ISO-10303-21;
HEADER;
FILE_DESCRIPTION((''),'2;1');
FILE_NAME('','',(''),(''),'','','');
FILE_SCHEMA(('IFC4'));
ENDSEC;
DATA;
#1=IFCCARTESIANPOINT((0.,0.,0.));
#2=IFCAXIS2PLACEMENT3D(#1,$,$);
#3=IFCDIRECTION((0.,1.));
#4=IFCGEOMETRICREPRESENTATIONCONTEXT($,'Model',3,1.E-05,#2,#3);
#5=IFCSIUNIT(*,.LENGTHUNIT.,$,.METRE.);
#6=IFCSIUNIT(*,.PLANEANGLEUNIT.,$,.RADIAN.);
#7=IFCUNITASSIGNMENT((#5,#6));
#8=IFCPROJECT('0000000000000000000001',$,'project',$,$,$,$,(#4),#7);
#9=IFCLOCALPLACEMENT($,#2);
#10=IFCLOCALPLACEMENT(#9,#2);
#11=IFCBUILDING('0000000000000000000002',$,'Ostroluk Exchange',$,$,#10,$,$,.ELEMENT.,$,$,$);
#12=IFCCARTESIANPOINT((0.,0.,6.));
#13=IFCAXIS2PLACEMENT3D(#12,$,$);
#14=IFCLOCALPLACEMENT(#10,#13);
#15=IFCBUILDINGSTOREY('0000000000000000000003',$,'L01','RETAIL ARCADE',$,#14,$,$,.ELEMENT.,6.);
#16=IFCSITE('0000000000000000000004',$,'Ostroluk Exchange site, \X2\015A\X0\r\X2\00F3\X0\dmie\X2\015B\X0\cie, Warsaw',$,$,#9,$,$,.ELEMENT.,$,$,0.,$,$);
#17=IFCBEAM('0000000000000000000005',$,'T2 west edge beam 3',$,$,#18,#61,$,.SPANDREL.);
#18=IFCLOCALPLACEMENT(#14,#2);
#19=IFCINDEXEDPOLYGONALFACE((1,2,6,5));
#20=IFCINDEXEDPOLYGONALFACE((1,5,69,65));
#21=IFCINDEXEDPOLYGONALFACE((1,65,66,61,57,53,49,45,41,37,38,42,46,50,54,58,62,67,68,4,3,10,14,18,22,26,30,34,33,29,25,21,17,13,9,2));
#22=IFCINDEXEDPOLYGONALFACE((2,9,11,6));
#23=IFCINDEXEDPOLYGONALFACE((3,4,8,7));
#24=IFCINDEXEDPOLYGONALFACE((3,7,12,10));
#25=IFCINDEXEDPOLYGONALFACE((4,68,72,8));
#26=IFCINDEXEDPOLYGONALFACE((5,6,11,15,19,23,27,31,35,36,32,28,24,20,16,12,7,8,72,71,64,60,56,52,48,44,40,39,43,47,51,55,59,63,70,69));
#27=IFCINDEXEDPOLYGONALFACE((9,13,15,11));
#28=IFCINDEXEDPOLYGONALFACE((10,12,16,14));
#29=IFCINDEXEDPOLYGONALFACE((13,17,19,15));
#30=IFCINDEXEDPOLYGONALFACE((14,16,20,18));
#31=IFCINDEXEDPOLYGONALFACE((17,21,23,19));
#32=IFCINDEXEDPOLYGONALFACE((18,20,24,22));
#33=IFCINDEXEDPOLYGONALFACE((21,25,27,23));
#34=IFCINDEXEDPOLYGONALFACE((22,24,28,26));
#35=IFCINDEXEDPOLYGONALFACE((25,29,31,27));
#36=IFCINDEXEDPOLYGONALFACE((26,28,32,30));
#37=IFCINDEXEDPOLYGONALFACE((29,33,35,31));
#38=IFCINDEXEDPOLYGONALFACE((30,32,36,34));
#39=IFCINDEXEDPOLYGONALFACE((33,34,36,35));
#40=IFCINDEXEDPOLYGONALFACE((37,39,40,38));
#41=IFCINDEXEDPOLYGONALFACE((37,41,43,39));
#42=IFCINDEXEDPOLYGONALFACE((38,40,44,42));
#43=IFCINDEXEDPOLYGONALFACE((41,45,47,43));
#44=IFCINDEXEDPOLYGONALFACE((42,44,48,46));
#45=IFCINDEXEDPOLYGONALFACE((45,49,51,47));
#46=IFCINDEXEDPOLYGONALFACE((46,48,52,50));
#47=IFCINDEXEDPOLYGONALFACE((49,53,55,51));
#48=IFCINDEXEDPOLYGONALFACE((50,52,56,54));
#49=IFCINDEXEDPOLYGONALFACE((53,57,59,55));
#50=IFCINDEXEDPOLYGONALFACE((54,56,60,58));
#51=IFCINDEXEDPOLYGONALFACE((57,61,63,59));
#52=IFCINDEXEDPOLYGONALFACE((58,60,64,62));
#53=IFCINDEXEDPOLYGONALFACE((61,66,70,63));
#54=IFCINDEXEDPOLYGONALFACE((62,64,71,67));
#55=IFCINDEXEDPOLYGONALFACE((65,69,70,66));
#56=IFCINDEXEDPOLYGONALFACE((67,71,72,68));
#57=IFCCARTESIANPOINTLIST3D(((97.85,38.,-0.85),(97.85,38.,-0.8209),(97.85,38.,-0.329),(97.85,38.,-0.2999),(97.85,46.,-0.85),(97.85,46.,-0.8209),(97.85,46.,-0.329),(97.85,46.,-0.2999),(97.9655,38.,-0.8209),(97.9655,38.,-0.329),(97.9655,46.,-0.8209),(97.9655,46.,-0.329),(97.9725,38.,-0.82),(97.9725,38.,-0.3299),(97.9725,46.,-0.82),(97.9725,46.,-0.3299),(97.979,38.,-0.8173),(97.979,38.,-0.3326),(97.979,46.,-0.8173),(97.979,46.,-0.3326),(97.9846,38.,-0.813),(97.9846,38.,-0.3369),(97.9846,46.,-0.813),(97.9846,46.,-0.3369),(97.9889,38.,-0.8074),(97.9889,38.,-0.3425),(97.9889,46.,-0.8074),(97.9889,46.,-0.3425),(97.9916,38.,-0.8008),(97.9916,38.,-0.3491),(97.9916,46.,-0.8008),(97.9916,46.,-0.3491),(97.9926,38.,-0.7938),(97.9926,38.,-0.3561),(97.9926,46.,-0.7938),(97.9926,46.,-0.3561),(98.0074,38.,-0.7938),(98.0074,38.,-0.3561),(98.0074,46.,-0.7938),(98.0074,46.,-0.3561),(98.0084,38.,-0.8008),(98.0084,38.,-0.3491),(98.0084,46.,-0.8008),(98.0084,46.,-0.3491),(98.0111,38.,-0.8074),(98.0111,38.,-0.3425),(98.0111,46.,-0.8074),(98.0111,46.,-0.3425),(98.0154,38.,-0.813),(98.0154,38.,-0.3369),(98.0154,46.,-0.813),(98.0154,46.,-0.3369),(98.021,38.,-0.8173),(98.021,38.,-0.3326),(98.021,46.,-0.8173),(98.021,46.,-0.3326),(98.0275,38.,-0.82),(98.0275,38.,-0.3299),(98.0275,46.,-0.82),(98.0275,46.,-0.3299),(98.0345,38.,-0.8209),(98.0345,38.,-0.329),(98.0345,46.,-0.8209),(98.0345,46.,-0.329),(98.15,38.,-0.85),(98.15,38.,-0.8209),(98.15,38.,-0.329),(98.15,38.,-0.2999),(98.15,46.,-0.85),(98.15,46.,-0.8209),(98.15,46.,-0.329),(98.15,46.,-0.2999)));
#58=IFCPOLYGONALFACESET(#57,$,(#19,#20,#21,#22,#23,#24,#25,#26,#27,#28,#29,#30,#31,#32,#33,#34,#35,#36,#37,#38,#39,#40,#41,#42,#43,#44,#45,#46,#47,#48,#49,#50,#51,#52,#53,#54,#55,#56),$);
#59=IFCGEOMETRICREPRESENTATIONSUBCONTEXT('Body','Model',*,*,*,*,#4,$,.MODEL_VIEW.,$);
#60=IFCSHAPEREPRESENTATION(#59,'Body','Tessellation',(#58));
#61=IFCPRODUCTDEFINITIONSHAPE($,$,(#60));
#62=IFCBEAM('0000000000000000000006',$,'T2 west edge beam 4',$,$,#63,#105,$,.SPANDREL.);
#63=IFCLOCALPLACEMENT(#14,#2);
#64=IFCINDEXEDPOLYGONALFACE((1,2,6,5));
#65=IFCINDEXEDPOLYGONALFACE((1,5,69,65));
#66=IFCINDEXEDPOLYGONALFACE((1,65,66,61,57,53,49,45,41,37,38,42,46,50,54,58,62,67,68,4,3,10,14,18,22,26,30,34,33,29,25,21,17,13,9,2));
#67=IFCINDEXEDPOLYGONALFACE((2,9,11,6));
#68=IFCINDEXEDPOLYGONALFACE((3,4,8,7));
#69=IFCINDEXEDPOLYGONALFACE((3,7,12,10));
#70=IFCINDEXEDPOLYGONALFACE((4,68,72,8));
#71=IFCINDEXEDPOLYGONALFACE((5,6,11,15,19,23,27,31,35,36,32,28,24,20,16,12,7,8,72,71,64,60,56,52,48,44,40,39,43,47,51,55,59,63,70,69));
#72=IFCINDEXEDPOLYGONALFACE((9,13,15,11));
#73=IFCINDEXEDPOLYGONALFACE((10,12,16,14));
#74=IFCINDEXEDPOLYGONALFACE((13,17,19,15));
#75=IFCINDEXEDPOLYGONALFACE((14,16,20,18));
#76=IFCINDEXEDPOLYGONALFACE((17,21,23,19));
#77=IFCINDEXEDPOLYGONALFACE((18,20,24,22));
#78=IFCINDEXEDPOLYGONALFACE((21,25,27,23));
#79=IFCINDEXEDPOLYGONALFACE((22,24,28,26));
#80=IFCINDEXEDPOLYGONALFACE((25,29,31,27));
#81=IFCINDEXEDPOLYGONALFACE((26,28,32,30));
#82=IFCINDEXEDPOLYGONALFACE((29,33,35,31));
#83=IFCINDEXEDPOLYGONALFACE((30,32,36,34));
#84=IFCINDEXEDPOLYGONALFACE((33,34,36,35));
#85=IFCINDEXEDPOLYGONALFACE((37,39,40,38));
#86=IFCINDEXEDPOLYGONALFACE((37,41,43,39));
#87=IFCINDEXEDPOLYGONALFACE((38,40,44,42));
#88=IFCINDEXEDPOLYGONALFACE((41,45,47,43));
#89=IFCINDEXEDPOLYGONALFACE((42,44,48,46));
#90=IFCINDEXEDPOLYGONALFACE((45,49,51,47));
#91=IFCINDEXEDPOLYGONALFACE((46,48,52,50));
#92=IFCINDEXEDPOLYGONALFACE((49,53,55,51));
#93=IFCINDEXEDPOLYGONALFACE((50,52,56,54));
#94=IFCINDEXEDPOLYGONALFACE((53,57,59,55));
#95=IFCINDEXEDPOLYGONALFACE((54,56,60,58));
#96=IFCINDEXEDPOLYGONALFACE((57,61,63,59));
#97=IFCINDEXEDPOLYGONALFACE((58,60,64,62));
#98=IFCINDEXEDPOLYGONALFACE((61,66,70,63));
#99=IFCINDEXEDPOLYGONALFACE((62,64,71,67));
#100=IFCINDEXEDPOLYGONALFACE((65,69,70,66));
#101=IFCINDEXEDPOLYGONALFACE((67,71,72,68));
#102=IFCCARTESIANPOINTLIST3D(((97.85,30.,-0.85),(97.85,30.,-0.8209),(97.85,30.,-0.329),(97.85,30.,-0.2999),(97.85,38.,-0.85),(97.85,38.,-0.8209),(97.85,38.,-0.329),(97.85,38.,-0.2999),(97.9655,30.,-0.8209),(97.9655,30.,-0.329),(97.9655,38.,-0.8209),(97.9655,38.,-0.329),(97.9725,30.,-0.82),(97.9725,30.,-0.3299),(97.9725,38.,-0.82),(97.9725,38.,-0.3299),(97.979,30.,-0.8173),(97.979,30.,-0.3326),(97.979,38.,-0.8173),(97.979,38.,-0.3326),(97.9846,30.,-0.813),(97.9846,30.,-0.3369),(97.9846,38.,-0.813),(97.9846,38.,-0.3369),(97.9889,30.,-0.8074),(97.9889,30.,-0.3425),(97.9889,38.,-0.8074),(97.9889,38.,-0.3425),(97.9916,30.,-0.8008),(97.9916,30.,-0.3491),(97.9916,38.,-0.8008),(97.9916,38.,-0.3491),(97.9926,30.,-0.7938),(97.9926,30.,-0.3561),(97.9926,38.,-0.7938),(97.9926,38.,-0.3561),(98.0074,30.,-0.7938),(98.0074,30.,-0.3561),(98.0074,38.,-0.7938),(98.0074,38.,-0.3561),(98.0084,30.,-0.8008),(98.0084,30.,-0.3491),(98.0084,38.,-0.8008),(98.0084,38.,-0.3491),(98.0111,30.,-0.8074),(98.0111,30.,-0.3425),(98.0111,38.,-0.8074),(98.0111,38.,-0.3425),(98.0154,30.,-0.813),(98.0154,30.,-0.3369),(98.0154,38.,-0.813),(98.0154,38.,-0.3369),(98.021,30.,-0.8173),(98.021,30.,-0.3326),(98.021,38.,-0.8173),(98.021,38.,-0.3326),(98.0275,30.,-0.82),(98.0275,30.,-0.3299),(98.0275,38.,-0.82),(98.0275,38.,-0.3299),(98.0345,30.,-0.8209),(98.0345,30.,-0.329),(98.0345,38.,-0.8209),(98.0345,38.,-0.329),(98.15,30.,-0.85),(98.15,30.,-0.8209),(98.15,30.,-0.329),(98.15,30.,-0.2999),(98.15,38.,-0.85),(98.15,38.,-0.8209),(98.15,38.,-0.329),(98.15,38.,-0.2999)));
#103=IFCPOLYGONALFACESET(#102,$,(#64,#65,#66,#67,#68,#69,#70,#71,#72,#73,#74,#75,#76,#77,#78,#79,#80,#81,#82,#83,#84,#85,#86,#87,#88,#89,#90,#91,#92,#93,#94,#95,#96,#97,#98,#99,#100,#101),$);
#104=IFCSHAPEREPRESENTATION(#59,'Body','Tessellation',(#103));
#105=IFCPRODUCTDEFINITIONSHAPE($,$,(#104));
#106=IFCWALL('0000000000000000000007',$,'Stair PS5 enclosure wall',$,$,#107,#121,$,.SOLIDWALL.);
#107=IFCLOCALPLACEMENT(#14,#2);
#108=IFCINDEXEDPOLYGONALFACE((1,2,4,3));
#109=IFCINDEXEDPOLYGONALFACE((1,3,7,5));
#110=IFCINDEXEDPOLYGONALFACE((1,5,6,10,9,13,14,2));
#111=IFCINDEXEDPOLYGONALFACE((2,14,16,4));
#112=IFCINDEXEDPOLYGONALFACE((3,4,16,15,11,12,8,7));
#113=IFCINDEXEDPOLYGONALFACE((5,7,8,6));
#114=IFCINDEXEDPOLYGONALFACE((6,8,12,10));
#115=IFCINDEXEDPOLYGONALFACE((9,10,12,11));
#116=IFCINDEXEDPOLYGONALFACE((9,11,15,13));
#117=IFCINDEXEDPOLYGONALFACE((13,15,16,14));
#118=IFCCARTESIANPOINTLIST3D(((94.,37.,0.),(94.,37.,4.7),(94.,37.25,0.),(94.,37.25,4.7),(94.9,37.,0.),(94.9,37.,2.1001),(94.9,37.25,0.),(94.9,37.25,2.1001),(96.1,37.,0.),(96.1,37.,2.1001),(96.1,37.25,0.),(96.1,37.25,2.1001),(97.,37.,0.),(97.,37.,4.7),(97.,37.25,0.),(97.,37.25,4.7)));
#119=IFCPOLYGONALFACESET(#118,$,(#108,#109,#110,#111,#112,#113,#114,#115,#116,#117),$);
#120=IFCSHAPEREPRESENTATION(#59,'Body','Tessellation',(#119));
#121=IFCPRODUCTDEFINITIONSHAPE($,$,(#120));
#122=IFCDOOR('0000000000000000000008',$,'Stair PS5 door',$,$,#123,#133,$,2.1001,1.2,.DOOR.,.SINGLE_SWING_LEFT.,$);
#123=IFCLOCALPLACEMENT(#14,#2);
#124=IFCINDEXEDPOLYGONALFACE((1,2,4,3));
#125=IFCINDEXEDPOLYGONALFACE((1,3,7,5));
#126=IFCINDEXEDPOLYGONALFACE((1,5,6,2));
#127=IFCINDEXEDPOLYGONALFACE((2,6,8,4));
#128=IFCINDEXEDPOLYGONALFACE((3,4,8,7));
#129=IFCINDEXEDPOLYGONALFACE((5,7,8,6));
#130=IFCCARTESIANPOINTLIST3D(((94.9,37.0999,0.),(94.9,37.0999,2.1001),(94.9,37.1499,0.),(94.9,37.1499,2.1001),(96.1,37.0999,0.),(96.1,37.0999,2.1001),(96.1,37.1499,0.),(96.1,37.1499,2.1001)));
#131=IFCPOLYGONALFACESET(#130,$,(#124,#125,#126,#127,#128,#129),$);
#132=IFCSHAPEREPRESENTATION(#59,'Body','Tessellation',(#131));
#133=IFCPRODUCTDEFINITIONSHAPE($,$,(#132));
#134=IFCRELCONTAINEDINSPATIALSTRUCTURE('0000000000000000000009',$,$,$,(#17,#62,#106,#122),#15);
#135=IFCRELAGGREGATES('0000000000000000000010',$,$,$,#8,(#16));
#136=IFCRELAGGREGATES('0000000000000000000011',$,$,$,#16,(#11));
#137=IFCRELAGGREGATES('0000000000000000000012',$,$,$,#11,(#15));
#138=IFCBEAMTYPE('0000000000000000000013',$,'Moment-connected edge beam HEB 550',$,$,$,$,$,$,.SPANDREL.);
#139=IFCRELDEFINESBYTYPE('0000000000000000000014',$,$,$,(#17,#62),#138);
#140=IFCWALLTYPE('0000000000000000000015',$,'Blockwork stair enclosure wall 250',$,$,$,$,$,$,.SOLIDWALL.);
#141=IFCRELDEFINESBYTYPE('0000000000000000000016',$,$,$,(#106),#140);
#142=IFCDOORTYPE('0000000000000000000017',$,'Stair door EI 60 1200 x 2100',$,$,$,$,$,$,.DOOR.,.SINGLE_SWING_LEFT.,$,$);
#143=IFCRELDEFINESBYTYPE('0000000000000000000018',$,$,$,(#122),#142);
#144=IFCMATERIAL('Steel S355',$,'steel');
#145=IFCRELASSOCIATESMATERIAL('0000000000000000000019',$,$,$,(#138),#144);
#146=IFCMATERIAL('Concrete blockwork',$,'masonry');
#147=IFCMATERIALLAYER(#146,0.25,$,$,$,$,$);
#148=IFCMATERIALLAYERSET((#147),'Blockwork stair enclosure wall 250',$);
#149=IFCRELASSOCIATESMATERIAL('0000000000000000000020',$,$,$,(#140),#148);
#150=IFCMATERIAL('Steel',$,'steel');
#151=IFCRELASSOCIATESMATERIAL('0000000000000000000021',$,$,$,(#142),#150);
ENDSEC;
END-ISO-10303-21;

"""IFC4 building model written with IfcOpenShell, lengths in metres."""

from ifc_helpers import new_model, si_unit, direction, frame, frame_2d, origin, origin_2d, place, context, subcontext, project, spatial, rectangle, i_section, extrude, material, layer, layer_set, material_profile, profile_set, type_object, element, fill, save


model = new_model("IFC4")

# Units and contexts
model_context = context("Model", 3, precision=1e-05, world=origin(), true_north=direction((0.0, 1.0)))
body_context = subcontext(model_context, "Body", "Model", "MODEL_VIEW")
ifc_project = project(units=[si_unit("LENGTHUNIT", "METRE"), si_unit("PLANEANGLEUNIT", "RADIAN")], contexts=[model_context])

# Site, building, storey
site_placement = place(None, origin())
site = spatial("IfcSite", under=ifc_project, at=site_placement, Name="Ostroluk Exchange site, Śródmieście, Warsaw", CompositionType="ELEMENT", RefElevation=0.0)
building_placement = place(site_placement, origin())
building = spatial("IfcBuilding", under=site, at=building_placement, Name="Ostroluk Exchange", CompositionType="ELEMENT")
storey_placement = place(building_placement, frame((0.0, 0.0, 6.0)))
storey = spatial("IfcBuildingStorey", under=building, at=storey_placement, Name="L01", Description="RETAIL ARCADE", CompositionType="ELEMENT", Elevation=6.0)

# Beams
ifc_material_1 = material(Name="Steel S355", Category="steel")
ifc_material_profile_1 = material_profile(ifc_material_1, i_section(OverallWidth=0.3, OverallDepth=0.55, WebThickness=0.0149, FlangeThickness=0.0291, FilletRadius=0.0271, at=origin_2d()), Name="HEB 550")
ifc_profile_set_1 = profile_set([ifc_material_profile_1], Name="Steel S355")
beam_type = type_object("IfcBeamType", Name="Moment-connected edge beam HEB 550", PredefinedType="SPANDREL", material=ifc_profile_set_1)
for number, where, z_axis, x_axis, name in (
    (1, (98.0, 46.0, -0.575), (0.0, -1.0, 0.0), (1.0, 0.0, 0.0), "T2 west edge beam 3"),
    (2, (98.0, 38.0, -0.575), (0.0, -1.0, 0.0), (1.0, 0.0, 0.0), "T2 west edge beam 4"),
):
    element("IfcBeam", number, at=place(storey_placement, frame(where, z_axis=z_axis, x_axis=x_axis)), inside=storey, type_object=beam_type, Name=name, PredefinedType="SPANDREL", context=body_context, shape_type="SweptSolid", body=[
        extrude(i_section(OverallWidth=0.3, OverallDepth=0.55, WebThickness=0.0149, FlangeThickness=0.0291, FilletRadius=0.0271, at=origin_2d()), origin(), (0.0, 0.0, 1.0), 8.0),
    ])

# Wall, opening, door
ifc_material_2 = material(Name="Concrete blockwork", Category="masonry")
ifc_layer_1 = layer(ifc_material_2, 0.25)
ifc_layer_set_1 = layer_set([ifc_layer_1], Name="Blockwork stair enclosure wall 250")
wall_type_1 = type_object("IfcWallType", Name="Blockwork stair enclosure wall 250", PredefinedType="SOLIDWALL", material=ifc_layer_set_1)
wall_1_placement = place(storey_placement, frame((94.0, 37.125, 0.0), z_axis=(0.0, 0.0, 1.0), x_axis=(1.0, 0.0, 0.0)))
wall_1 = element("IfcWall", 3, at=wall_1_placement, inside=storey, type_object=wall_type_1, Name="Stair PS5 enclosure wall", PredefinedType="SOLIDWALL", context=body_context, shape_type="SweptSolid", body=[
    extrude(rectangle(XDim=3.0, YDim=0.25, at=frame_2d((1.5, 0.0))), origin(), (0.0, 0.0, 1.0), 4.7),
])
opening_1_placement = place(wall_1_placement, frame((0.8999, 0.0, 0.0)))
opening_1 = element("IfcOpeningElement", 4, at=opening_1_placement, cuts=wall_1, PredefinedType="OPENING", context=body_context, shape_type="SweptSolid", body=[
    extrude(rectangle(XDim=1.2, YDim=2.1001, at=frame_2d((0.6001, 1.05))), frame((0.0, 0.135, 0.0), z_axis=(0.0, -1.0, 0.0), x_axis=(1.0, 0.0, 0.0)), (0.0, 0.0, 1.0), 0.27),
])
ifc_material_3 = material(Name="Steel", Category="steel")
door_type_1 = type_object("IfcDoorType", Name="Stair door EI 60 1200 x 2100", OperationType="SINGLE_SWING_LEFT", PredefinedType="DOOR", material=ifc_material_3)
door_1_placement = place(opening_1_placement, origin())
door_1 = element("IfcDoor", 5, at=door_1_placement, inside=storey, type_object=door_type_1, Name="Stair PS5 door", OperationType="SINGLE_SWING_LEFT", OverallHeight=2.1001, OverallWidth=1.2, PredefinedType="DOOR", context=body_context, shape_type="SweptSolid", body=[
    extrude(rectangle(XDim=1.2, YDim=2.1001, at=frame_2d((0.6001, 1.05))), frame((0.0, 0.0249, 0.0), z_axis=(0.0, -1.0, 0.0), x_axis=(1.0, 0.0, 0.0)), (0.0, 0.0, 1.0), 0.05),
])
fill(opening_1, door_1)

save(model, "model.ifc")
